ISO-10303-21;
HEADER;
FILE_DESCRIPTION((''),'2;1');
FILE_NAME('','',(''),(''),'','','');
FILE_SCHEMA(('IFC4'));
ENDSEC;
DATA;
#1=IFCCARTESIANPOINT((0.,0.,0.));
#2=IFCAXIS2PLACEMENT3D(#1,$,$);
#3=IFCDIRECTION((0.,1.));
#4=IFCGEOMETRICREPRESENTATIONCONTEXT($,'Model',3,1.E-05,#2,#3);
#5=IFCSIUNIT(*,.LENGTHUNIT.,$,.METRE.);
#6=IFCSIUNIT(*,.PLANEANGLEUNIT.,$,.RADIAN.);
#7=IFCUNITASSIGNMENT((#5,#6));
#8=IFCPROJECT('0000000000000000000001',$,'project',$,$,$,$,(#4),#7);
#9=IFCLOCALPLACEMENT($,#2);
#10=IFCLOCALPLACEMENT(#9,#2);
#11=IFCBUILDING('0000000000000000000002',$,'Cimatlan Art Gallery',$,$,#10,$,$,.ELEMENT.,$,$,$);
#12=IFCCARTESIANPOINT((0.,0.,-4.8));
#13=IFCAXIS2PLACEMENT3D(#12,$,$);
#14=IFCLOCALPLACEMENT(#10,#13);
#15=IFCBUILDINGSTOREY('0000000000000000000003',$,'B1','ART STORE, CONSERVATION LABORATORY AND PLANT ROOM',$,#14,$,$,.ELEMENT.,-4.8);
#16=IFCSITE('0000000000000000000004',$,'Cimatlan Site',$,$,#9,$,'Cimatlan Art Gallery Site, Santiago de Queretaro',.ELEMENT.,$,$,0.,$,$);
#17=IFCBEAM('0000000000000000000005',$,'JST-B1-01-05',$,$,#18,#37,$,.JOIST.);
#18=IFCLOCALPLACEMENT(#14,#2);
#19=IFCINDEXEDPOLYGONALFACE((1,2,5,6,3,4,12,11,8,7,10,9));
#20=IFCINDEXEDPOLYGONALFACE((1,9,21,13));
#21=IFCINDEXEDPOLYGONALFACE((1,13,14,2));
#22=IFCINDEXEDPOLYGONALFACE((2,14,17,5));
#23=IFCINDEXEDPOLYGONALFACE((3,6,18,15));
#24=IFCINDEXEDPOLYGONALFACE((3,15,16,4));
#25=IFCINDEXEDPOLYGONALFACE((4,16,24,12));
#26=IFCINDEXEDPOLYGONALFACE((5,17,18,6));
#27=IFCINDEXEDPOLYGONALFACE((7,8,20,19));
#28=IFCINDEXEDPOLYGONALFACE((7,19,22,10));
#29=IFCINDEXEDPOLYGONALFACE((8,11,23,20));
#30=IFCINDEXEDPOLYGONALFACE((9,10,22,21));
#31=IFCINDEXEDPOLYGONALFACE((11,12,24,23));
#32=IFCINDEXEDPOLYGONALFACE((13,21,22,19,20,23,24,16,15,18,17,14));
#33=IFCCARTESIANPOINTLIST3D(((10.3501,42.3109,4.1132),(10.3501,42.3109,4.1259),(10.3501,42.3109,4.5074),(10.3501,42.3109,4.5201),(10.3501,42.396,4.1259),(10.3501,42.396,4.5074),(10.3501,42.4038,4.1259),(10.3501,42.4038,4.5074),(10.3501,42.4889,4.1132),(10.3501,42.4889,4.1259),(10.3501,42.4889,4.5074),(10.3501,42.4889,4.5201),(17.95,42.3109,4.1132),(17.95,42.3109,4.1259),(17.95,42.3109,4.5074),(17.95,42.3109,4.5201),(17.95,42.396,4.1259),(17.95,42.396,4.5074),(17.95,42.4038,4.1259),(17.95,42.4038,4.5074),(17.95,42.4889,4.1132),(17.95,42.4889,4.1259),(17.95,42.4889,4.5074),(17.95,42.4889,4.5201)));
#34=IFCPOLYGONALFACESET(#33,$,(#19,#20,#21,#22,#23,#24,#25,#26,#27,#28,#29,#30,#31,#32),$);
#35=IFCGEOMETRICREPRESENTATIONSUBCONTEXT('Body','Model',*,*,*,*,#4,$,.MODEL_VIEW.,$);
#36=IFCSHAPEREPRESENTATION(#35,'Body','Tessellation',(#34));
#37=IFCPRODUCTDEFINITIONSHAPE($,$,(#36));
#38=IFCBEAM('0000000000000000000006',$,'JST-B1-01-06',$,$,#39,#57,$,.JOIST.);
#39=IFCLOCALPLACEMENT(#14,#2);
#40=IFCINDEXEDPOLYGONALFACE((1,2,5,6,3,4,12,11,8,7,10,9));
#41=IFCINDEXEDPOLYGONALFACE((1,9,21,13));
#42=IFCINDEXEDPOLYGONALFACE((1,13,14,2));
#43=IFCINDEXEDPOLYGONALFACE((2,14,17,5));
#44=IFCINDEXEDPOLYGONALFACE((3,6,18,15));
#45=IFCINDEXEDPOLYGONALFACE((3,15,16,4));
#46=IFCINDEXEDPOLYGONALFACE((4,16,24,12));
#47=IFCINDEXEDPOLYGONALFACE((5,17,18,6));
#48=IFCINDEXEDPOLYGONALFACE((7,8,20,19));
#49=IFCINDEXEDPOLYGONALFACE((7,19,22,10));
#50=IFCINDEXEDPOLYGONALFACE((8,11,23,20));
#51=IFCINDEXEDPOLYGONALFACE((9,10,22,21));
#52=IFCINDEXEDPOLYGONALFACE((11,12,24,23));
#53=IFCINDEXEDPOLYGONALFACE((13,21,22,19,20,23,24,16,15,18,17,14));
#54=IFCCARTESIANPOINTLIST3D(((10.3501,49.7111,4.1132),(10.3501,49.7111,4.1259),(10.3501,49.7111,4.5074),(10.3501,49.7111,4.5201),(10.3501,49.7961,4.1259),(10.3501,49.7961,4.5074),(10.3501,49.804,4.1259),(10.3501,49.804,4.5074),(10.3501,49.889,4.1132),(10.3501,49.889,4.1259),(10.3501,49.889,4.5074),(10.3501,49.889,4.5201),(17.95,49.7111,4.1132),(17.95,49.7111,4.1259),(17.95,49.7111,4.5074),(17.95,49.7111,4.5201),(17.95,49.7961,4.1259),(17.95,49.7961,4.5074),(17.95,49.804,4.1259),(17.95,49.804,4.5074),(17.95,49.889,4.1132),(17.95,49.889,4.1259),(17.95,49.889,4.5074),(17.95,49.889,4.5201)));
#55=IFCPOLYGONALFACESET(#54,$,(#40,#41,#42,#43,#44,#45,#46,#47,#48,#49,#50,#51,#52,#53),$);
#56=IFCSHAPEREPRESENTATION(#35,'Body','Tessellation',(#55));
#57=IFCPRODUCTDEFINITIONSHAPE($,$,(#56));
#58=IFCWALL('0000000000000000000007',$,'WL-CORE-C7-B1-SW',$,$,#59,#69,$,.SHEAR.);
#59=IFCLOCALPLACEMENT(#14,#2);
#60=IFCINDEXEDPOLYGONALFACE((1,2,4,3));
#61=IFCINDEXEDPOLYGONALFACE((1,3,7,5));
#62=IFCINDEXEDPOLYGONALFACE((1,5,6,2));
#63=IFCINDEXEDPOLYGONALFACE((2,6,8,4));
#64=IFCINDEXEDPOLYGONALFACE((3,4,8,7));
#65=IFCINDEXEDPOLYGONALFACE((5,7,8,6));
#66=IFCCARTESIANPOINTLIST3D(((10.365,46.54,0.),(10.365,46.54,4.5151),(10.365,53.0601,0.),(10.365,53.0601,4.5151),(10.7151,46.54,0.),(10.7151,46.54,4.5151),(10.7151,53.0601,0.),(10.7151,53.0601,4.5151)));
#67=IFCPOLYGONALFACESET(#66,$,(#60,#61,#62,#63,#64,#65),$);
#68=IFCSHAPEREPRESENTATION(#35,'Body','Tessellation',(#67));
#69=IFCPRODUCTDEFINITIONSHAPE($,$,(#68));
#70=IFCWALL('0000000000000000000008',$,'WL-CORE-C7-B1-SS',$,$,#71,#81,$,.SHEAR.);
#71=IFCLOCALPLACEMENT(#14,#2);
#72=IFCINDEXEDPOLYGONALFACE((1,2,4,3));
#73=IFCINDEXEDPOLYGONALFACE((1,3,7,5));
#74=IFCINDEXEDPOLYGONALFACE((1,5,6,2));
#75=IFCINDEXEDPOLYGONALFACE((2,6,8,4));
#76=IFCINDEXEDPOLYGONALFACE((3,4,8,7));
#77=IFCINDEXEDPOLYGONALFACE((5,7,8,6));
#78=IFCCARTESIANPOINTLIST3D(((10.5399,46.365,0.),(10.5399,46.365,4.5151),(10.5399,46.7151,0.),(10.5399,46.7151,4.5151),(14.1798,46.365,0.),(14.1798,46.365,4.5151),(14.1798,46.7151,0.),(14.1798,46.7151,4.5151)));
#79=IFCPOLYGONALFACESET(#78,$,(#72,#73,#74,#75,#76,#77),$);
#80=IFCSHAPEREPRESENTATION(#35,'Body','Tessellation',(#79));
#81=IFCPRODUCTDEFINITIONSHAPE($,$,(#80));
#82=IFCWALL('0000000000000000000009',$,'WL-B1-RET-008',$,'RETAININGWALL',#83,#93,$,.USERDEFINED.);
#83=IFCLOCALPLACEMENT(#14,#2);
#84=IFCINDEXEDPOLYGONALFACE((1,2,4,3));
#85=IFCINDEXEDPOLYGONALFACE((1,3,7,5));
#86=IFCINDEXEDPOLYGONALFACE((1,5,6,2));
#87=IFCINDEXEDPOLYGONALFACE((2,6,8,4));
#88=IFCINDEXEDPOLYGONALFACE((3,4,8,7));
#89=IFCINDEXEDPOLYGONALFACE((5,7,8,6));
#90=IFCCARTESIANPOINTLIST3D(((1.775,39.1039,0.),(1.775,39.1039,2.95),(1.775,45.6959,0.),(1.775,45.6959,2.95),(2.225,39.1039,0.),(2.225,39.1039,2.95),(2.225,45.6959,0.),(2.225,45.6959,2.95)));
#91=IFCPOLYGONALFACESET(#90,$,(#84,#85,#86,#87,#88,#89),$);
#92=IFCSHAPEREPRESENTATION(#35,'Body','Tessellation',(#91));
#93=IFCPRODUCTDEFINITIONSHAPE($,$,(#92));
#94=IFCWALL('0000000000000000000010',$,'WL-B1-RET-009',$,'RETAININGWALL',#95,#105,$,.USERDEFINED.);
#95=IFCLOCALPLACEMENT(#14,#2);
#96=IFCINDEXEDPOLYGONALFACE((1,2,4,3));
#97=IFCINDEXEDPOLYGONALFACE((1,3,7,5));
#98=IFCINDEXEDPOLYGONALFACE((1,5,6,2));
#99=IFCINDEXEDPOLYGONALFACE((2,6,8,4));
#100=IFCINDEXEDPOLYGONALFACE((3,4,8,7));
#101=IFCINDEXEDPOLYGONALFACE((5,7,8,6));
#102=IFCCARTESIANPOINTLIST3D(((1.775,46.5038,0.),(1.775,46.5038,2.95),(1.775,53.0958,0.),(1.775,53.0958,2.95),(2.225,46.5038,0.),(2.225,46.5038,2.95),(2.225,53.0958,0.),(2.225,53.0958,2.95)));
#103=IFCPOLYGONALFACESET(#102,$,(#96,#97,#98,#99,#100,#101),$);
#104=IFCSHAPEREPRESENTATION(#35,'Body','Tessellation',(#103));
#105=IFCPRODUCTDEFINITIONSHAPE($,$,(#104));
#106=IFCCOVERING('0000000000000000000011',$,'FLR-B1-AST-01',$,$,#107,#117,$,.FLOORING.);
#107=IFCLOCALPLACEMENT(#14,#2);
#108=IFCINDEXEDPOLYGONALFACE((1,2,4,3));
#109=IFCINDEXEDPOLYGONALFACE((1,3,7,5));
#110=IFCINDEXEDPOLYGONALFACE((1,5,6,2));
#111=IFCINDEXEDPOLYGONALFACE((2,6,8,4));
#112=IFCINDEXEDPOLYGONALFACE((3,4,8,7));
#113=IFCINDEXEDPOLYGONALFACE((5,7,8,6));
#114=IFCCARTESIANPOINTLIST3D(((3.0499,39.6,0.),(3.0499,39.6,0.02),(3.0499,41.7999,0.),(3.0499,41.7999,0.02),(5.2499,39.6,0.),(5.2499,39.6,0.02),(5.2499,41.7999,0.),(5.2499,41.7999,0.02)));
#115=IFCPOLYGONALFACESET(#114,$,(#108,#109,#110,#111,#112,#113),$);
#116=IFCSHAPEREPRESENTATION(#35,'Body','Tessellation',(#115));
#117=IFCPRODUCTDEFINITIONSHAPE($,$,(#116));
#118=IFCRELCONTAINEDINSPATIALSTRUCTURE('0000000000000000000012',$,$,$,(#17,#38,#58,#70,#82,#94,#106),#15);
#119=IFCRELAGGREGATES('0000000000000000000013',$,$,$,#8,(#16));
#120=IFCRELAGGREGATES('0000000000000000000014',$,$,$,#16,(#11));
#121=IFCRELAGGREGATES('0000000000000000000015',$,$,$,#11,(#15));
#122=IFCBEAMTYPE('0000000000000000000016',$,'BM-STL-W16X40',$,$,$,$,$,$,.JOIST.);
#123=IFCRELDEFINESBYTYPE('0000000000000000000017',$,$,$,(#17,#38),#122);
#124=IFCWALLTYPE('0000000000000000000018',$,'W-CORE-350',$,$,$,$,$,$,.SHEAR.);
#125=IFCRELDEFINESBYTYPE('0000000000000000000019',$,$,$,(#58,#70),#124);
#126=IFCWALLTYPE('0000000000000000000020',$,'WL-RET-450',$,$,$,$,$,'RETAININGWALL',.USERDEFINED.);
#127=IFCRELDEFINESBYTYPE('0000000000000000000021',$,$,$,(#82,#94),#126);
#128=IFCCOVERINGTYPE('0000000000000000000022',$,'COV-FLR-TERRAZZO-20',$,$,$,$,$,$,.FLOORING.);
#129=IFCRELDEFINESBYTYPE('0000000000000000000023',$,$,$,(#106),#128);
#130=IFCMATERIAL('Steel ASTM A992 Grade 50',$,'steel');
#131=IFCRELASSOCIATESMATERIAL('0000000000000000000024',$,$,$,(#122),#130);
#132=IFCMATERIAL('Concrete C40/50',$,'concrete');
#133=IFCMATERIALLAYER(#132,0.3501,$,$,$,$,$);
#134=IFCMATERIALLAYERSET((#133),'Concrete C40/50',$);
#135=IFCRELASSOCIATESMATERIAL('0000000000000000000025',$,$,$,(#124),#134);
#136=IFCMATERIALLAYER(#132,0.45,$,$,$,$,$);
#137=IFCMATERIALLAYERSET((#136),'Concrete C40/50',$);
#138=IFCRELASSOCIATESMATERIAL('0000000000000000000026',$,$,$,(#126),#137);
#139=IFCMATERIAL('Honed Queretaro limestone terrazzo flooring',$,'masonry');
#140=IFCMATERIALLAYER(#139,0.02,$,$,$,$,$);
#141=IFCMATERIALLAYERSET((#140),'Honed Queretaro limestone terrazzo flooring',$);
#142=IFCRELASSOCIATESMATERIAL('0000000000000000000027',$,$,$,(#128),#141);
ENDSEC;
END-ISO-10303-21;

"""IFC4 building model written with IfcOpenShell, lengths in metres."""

from ifc_helpers import new_model, si_unit, direction, frame, frame_2d, origin, origin_2d, place, context, subcontext, project, spatial, rectangle, i_section, extrude, material, layer, layer_set, material_profile, profile_set, type_object, element, save


model = new_model("IFC4")

# Units and contexts
model_context = context("Model", 3, precision=1e-05, world=origin(), true_north=direction((0.0, 1.0)))
body_context = subcontext(model_context, "Body", "Model", "MODEL_VIEW")
ifc_project = project(units=[si_unit("LENGTHUNIT", "METRE"), si_unit("PLANEANGLEUNIT", "RADIAN")], contexts=[model_context])

# Site, building, storey
site_placement = place(None, origin())
site = spatial("IfcSite", under=ifc_project, at=site_placement, Name="Cimatlan Site", LongName="Cimatlan Art Gallery Site, Santiago de Queretaro", CompositionType="ELEMENT", RefElevation=0.0)
building_placement = place(site_placement, origin())
building = spatial("IfcBuilding", under=site, at=building_placement, Name="Cimatlan Art Gallery", CompositionType="ELEMENT")
storey_placement = place(building_placement, frame((0.0, 0.0, -4.8)))
storey = spatial("IfcBuildingStorey", under=building, at=storey_placement, Name="B1", Description="ART STORE, CONSERVATION LABORATORY AND PLANT ROOM", CompositionType="ELEMENT", Elevation=-4.8)

# Shared definitions
ifc_material_1 = material(Name="Concrete C40/50", Category="concrete")

# Beams
ifc_material_2 = material(Name="Steel ASTM A992 Grade 50", Category="steel")
ifc_material_profile_1 = material_profile(ifc_material_2, i_section(OverallWidth=0.178, OverallDepth=0.407, WebThickness=0.0078, FlangeThickness=0.0127, at=origin_2d()), Name="W16X40")
ifc_profile_set_1 = profile_set([ifc_material_profile_1], Name="Steel ASTM A992 Grade 50")
beam_type_1 = type_object("IfcBeamType", Name="BM-STL-W16X40", PredefinedType="JOIST", material=ifc_profile_set_1)
for number, where, z_axis, x_axis, name in (
    (1, (10.3501, 42.3999, 4.3167), (1.0, 0.0, 0.0), (0.0, 1.0, 0.0), "JST-B1-01-05"),
    (2, (10.3501, 49.8, 4.3167), (1.0, 0.0, 0.0), (0.0, 1.0, 0.0), "JST-B1-01-06"),
):
    element("IfcBeam", number, at=place(storey_placement, frame(where, z_axis=z_axis, x_axis=x_axis)), inside=storey, type_object=beam_type_1, Name=name, PredefinedType="JOIST", context=body_context, shape_type="SweptSolid", body=[
        extrude(i_section(OverallWidth=0.178, OverallDepth=0.407, WebThickness=0.0078, FlangeThickness=0.0127, at=origin_2d()), origin(), (0.0, 0.0, 1.0), 7.5999),
    ])

# Walls
ifc_layer_1 = layer(ifc_material_1, 0.3501)
ifc_layer_set_1 = layer_set([ifc_layer_1], Name="Concrete C40/50")
wall_type_1 = type_object("IfcWallType", Name="W-CORE-350", PredefinedType="SHEAR", material=ifc_layer_set_1)
wall_1_placement = place(storey_placement, frame((10.54, 46.54, 0.0), z_axis=(0.0, 0.0, 1.0), x_axis=(0.0, 1.0, 0.0)))
element("IfcWall", 3, at=wall_1_placement, inside=storey, type_object=wall_type_1, Name="WL-CORE-C7-B1-SW", PredefinedType="SHEAR", context=body_context, shape_type="SweptSolid", body=[
    extrude(rectangle(XDim=6.52, YDim=0.3501, at=frame_2d((3.26, 0.0))), origin(), (0.0, 0.0, 1.0), 4.5151),
])
wall_2_placement = place(storey_placement, frame((10.54, 46.54, 0.0), z_axis=(0.0, 0.0, 1.0), x_axis=(1.0, 0.0, 0.0)))
element("IfcWall", 4, at=wall_2_placement, inside=storey, type_object=wall_type_1, Name="WL-CORE-C7-B1-SS", PredefinedType="SHEAR", context=body_context, shape_type="SweptSolid", body=[
    extrude(rectangle(XDim=3.6399, YDim=0.3501, at=frame_2d((1.8198, 0.0))), origin(), (0.0, 0.0, 1.0), 4.5151),
])
ifc_layer_2 = layer(ifc_material_1, 0.45)
ifc_layer_set_2 = layer_set([ifc_layer_2], Name="Concrete C40/50")
wall_type_2 = type_object("IfcWallType", Name="WL-RET-450", ElementType="RETAININGWALL", PredefinedType="USERDEFINED", material=ifc_layer_set_2)
for number, where, z_axis, x_axis, name in (
    (5, (2.0, 39.104, 0.0), (0.0, 0.0, 1.0), (0.0, 1.0, 0.0), "WL-B1-RET-008"),
    (6, (2.0, 46.5039, 0.0), (0.0, 0.0, 1.0), (0.0, 1.0, 0.0), "WL-B1-RET-009"),
):
    element("IfcWall", number, at=place(storey_placement, frame(where, z_axis=z_axis, x_axis=x_axis)), inside=storey, type_object=wall_type_2, Name=name, ObjectType="RETAININGWALL", PredefinedType="USERDEFINED", context=body_context, shape_type="SweptSolid", body=[
        extrude(rectangle(XDim=6.592, YDim=0.45, at=frame_2d((3.2959, 0.0))), origin(), (0.0, 0.0, 1.0), 2.95),
    ])

# Covering
ifc_material_3 = material(Name="Honed Queretaro limestone terrazzo flooring", Category="masonry")
ifc_layer_3 = layer(ifc_material_3, 0.02)
ifc_layer_set_3 = layer_set([ifc_layer_3], Name="Honed Queretaro limestone terrazzo flooring")
covering_type = type_object("IfcCoveringType", Name="COV-FLR-TERRAZZO-20", PredefinedType="FLOORING", material=ifc_layer_set_3)
covering_placement = place(storey_placement, frame((4.1499, 40.7, 0.0), z_axis=(0.0, 0.0, 1.0), x_axis=(1.0, 0.0, 0.0)))
element("IfcCovering", 7, at=covering_placement, inside=storey, type_object=covering_type, Name="FLR-B1-AST-01", PredefinedType="FLOORING", context=body_context, shape_type="SweptSolid", body=[
    extrude(rectangle(XDim=2.2, YDim=2.2, at=origin_2d()), origin(), (0.0, 0.0, 1.0), 0.02),
])

save(model, "model.ifc")
